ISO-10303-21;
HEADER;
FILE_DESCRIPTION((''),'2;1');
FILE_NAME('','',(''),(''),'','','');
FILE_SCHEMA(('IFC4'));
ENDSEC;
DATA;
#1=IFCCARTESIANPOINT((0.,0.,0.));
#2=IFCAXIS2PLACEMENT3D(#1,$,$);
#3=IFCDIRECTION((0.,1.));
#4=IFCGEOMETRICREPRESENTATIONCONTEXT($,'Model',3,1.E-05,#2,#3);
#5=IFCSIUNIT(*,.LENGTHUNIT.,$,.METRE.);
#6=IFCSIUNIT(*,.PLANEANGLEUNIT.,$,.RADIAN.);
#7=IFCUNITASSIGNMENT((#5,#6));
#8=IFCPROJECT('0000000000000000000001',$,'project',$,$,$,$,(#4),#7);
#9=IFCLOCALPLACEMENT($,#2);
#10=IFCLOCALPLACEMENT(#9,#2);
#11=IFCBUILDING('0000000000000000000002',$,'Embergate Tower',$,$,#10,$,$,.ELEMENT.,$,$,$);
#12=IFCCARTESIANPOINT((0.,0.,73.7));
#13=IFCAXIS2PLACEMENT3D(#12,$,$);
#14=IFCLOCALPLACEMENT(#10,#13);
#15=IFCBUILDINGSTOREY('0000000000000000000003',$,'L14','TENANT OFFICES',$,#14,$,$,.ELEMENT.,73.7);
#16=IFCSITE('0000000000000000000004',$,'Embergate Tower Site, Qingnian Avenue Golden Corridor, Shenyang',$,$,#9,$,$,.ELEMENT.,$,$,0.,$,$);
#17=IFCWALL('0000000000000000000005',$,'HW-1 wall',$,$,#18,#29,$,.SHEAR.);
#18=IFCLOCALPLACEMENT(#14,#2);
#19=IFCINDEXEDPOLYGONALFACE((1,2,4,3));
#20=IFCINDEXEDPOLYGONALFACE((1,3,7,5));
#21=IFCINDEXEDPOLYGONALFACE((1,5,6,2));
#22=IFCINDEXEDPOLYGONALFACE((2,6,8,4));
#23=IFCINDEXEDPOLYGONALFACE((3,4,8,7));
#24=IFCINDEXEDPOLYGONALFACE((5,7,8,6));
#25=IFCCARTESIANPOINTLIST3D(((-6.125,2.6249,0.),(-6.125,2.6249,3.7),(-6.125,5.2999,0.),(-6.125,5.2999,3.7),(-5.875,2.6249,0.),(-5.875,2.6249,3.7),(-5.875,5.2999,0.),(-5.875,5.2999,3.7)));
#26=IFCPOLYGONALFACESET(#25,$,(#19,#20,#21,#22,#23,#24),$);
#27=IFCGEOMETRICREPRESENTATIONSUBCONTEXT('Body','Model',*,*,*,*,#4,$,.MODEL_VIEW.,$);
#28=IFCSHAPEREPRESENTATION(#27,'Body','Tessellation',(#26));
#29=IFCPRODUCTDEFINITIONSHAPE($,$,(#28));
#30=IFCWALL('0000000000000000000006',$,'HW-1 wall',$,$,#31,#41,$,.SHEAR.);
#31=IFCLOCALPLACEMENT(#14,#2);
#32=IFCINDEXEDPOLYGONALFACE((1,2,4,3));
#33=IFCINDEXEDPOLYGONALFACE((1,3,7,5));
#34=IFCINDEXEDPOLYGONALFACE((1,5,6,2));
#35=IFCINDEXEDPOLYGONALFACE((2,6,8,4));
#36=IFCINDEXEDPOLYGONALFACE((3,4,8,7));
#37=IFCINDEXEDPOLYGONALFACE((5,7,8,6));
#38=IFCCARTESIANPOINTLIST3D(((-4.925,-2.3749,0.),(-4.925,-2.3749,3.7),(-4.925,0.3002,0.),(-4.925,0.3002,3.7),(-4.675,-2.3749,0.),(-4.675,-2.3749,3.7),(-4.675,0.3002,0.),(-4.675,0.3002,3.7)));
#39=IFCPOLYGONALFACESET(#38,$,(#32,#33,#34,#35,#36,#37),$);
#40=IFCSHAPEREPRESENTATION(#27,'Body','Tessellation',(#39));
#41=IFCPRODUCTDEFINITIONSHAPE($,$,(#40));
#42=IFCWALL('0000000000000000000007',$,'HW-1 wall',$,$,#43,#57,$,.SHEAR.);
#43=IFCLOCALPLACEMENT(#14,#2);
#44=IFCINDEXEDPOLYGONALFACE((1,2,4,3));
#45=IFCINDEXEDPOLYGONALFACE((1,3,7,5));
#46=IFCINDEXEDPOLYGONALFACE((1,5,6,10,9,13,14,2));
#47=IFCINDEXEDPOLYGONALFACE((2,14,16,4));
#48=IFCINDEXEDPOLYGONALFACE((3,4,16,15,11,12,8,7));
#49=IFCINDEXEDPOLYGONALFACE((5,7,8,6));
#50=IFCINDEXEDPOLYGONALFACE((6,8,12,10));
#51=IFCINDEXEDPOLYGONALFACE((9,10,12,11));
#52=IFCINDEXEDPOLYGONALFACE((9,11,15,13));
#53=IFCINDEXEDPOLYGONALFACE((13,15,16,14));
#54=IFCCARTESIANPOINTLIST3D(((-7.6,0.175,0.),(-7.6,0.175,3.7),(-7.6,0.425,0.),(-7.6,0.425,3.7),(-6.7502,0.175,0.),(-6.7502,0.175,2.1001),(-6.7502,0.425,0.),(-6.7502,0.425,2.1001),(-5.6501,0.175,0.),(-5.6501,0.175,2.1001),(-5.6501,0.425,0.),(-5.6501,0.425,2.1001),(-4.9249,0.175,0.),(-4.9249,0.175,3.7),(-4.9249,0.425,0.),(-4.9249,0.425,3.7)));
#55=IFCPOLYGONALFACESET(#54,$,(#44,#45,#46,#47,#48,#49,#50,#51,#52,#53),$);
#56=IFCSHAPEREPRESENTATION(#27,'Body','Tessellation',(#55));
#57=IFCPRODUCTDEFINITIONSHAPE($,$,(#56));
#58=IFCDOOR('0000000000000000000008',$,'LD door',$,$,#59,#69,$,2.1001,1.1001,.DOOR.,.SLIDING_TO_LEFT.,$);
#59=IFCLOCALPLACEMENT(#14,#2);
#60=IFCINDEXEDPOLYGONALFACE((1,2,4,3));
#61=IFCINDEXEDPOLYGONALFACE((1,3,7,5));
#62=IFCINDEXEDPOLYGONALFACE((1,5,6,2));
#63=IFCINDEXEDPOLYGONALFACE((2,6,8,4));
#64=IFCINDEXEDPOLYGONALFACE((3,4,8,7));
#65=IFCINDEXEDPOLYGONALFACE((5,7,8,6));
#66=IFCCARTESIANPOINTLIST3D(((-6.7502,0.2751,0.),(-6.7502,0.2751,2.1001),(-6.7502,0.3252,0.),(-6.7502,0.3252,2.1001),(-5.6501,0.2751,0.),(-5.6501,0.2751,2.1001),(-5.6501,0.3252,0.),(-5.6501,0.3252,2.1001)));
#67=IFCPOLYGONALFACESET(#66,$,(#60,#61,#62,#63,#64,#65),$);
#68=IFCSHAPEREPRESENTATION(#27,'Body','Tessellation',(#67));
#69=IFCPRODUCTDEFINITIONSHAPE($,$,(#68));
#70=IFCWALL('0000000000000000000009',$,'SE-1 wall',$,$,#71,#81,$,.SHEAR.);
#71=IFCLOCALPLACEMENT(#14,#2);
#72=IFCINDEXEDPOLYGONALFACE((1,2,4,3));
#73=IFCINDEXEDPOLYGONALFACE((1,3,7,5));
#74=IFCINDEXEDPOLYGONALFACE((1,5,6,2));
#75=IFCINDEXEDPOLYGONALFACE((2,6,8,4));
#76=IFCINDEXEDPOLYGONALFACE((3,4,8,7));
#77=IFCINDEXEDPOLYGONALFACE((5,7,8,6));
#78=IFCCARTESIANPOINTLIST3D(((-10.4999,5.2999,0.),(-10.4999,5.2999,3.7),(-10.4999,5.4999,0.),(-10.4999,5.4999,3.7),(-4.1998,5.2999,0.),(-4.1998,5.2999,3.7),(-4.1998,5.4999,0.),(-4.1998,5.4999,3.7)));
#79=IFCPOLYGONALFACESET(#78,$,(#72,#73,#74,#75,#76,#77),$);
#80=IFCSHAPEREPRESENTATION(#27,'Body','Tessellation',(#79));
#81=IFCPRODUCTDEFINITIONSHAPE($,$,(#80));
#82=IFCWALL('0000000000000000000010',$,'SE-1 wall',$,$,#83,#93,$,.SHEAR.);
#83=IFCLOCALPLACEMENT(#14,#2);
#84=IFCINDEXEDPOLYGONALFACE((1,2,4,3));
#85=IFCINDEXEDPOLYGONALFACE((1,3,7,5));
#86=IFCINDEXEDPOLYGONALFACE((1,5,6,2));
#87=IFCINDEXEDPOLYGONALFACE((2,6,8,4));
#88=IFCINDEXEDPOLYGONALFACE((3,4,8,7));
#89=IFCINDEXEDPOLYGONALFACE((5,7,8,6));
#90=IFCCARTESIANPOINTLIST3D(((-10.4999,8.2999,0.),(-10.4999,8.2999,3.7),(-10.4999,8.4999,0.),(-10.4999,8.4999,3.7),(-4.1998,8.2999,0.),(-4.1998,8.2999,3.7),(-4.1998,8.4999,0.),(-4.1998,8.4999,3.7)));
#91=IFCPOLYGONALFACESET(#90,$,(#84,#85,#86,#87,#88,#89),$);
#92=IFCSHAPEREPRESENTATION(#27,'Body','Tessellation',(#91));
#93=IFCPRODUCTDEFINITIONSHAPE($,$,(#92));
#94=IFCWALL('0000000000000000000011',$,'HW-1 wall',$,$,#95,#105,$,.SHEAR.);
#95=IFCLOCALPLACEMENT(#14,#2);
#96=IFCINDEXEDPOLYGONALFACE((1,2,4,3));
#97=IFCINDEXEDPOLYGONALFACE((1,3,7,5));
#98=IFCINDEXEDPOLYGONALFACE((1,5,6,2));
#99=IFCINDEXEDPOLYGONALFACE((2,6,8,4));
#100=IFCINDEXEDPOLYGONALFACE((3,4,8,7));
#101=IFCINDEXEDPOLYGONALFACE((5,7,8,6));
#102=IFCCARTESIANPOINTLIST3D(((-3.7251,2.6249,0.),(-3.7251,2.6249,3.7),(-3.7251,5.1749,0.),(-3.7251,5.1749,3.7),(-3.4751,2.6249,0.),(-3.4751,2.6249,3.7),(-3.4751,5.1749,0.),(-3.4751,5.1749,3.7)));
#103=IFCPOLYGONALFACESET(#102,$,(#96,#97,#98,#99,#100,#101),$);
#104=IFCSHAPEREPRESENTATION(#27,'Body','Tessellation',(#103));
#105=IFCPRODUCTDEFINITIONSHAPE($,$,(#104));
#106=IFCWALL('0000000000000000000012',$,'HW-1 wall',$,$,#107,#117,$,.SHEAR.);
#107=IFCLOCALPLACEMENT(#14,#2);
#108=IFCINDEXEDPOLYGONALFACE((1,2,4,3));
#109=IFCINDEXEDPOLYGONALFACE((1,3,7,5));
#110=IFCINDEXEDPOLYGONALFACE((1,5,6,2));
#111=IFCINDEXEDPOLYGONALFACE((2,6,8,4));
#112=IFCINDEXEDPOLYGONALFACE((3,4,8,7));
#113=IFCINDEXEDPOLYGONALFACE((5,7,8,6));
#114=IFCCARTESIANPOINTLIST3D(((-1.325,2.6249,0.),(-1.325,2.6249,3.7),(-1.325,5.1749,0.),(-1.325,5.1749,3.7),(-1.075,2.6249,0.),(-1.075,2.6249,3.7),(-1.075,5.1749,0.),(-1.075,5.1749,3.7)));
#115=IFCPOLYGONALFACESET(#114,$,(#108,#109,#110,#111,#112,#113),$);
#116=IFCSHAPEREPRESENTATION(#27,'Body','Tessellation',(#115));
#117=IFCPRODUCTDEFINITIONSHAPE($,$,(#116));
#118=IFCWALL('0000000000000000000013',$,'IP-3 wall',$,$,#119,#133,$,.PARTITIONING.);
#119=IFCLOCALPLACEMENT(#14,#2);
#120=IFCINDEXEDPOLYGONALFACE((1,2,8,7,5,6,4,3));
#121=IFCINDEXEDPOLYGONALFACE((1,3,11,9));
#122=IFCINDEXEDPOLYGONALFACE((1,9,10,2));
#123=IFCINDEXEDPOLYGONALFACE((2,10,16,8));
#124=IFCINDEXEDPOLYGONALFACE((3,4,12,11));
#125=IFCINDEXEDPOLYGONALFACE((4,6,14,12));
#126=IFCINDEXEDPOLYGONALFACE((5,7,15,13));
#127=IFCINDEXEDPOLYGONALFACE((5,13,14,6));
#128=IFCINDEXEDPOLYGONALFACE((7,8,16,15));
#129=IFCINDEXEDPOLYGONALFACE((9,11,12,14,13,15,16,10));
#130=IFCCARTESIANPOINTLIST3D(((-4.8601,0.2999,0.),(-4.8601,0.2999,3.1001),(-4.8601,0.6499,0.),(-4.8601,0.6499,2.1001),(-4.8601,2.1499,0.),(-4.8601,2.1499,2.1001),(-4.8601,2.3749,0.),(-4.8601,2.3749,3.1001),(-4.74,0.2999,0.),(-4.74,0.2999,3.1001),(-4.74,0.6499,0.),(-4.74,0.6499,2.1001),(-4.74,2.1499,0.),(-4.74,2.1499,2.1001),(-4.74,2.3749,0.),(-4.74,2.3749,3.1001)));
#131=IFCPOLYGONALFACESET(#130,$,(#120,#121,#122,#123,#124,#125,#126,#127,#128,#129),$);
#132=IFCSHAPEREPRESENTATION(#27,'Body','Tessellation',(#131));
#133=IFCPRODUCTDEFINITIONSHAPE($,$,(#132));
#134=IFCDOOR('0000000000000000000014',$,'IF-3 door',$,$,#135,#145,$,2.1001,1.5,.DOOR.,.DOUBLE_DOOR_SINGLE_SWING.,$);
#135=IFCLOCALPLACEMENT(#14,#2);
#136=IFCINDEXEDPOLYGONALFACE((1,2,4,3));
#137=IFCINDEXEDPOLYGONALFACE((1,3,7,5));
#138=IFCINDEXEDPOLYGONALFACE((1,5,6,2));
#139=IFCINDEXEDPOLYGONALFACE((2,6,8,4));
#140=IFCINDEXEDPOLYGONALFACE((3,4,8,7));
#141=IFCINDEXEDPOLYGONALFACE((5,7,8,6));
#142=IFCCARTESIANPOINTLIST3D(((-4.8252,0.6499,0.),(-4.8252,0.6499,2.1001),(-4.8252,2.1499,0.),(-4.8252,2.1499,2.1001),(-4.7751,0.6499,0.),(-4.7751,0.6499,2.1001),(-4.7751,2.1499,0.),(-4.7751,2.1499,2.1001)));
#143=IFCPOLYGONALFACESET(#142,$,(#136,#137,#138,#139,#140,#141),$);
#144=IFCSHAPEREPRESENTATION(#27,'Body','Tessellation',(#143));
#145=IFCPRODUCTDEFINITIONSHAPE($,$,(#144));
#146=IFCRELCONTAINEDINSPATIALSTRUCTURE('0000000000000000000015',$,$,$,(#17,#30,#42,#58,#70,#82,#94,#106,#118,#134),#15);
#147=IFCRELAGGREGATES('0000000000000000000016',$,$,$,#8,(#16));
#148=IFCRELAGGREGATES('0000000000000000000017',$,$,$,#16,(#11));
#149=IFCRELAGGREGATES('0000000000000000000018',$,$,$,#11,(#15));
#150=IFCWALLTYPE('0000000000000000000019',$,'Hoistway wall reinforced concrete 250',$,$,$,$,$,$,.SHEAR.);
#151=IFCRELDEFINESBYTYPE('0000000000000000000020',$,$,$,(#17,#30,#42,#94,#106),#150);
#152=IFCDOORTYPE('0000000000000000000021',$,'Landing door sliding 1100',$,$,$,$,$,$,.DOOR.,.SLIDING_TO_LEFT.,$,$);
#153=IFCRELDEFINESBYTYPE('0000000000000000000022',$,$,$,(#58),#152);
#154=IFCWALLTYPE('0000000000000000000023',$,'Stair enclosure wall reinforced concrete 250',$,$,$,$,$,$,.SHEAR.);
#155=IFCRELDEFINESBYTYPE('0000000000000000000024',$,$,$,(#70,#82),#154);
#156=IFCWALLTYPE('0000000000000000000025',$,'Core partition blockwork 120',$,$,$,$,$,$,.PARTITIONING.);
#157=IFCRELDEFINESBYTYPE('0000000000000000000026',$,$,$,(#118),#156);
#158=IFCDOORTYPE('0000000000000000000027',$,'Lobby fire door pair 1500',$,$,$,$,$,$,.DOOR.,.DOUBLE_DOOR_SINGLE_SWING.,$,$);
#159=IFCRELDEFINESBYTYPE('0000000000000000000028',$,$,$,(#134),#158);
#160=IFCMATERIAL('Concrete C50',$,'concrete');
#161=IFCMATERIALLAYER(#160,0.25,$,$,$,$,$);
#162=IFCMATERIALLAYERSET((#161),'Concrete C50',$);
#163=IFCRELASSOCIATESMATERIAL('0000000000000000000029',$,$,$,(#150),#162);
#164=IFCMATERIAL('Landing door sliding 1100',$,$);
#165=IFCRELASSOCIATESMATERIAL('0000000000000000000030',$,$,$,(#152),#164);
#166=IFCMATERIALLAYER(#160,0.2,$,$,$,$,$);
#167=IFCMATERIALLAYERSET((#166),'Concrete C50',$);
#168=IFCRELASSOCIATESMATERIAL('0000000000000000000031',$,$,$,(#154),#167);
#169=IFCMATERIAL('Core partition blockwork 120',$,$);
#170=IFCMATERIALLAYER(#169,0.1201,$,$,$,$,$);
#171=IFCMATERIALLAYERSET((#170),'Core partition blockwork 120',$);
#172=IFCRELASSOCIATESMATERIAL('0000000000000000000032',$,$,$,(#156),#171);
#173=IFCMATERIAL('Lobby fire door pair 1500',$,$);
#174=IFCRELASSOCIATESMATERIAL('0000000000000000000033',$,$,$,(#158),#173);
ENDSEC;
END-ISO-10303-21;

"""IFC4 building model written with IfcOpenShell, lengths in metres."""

from ifc_helpers import new_model, si_unit, direction, frame, frame_2d, origin, place, context, subcontext, project, spatial, rectangle, extrude, source, transform, mapped, material, layer, layer_set, type_object, element, fill, save


model = new_model("IFC4")

# Units and contexts
model_context = context("Model", 3, precision=1e-05, world=origin(), true_north=direction((0.0, 1.0)))
body_context = subcontext(model_context, "Body", "Model", "MODEL_VIEW")
ifc_project = project(units=[si_unit("LENGTHUNIT", "METRE"), si_unit("PLANEANGLEUNIT", "RADIAN")], contexts=[model_context])

# Site, building, storey
site_placement = place(None, origin())
site = spatial("IfcSite", under=ifc_project, at=site_placement, Name="Embergate Tower Site, Qingnian Avenue Golden Corridor, Shenyang", CompositionType="ELEMENT", RefElevation=0.0)
building_placement = place(site_placement, origin())
building = spatial("IfcBuilding", under=site, at=building_placement, Name="Embergate Tower", CompositionType="ELEMENT")
storey_placement = place(building_placement, frame((0.0, 0.0, 73.7)))
storey = spatial("IfcBuildingStorey", under=building, at=storey_placement, Name="L14", Description="TENANT OFFICES", CompositionType="ELEMENT", Elevation=73.7)

# Walls
ifc_material_1 = material(Name="Concrete C50", Category="concrete")
ifc_layer_1 = layer(ifc_material_1, 0.25)
ifc_layer_set_1 = layer_set([ifc_layer_1], Name="Concrete C50")
wall_type_1 = type_object("IfcWallType", Name="Hoistway wall reinforced concrete 250", PredefinedType="SHEAR", material=ifc_layer_set_1)
shared_shape_1 = source(origin(), body_context, "Body", "SweptSolid", [
    extrude(rectangle(XDim=2.675, YDim=0.25, at=frame_2d((1.3374, 0.0))), origin(), (0.0, 0.0, 1.0), 3.7),
])
for number, where, z_axis, x_axis, name in (
    (1, (-6.0, 2.625, 0.0), (0.0, 0.0, 1.0), (0.0, 1.0, 0.0), "HW-1 wall"),
    (2, (-4.8, 0.3, 0.0), (0.0, 0.0, 1.0), (0.0, -1.0, 0.0), "HW-1 wall"),
):
    element("IfcWall", number, at=place(storey_placement, frame(where, z_axis=z_axis, x_axis=x_axis)), inside=storey, type_object=wall_type_1, Name=name, PredefinedType="SHEAR", context=body_context, shape_type="MappedRepresentation", body=[
        mapped(shared_shape_1, transform((0.0, 0.0, 0.0))),
    ])

# Wall, opening, door
wall_1_placement = place(storey_placement, frame((-4.925, 0.3, 0.0), z_axis=(0.0, 0.0, 1.0), x_axis=(-1.0, 0.0, 0.0)))
wall_1 = element("IfcWall", 3, at=wall_1_placement, inside=storey, type_object=wall_type_1, Name="HW-1 wall", PredefinedType="SHEAR", context=body_context, shape_type="MappedRepresentation", body=[
    mapped(shared_shape_1, transform((0.0, 0.0, 0.0))),
])
shared_shape_2 = source(origin(), body_context, "Body", "SweptSolid", [
    extrude(rectangle(XDim=1.1001, YDim=2.1001, at=frame_2d((0.55, 1.05))), frame((0.0, 0.135, 0.0), z_axis=(0.0, -1.0, 0.0), x_axis=(1.0, 0.0, 0.0)), (0.0, 0.0, 1.0), 0.27),
])
opening_1_placement = place(wall_1_placement, frame((0.7251, 0.0, 0.0)))
opening_1 = element("IfcOpeningElement", 4, at=opening_1_placement, cuts=wall_1, PredefinedType="OPENING", context=body_context, shape_type="MappedRepresentation", body=[
    mapped(shared_shape_2, transform((0.0, 0.0, 0.0))),
])
ifc_material_2 = material(Name="Landing door sliding 1100")
door_type_1 = type_object("IfcDoorType", Name="Landing door sliding 1100", OperationType="SLIDING_TO_LEFT", PredefinedType="DOOR", material=ifc_material_2)
shared_shape_3 = source(origin(), body_context, "Body", "SweptSolid", [
    extrude(rectangle(XDim=1.1001, YDim=2.1001, at=frame_2d((0.55, 1.05))), frame((0.0, 0.0249, 0.0), z_axis=(0.0, -1.0, 0.0), x_axis=(1.0, 0.0, 0.0)), (0.0, 0.0, 1.0), 0.05),
])
door_1_placement = place(opening_1_placement, origin())
door_1 = element("IfcDoor", 5, at=door_1_placement, inside=storey, type_object=door_type_1, Name="LD door", OperationType="SLIDING_TO_LEFT", OverallHeight=2.1001, OverallWidth=1.1001, PredefinedType="DOOR", context=body_context, shape_type="MappedRepresentation", body=[
    mapped(shared_shape_3, transform((0.0, 0.0, 0.0))),
])
fill(opening_1, door_1)

# Walls
ifc_layer_2 = layer(ifc_material_1, 0.2)
ifc_layer_set_2 = layer_set([ifc_layer_2], Name="Concrete C50")
wall_type_2 = type_object("IfcWallType", Name="Stair enclosure wall reinforced concrete 250", PredefinedType="SHEAR", material=ifc_layer_set_2)
shared_shape_4 = source(origin(), body_context, "Body", "SweptSolid", [
    extrude(rectangle(XDim=6.3, YDim=0.2, at=frame_2d((3.1499, 0.0))), origin(), (0.0, 0.0, 1.0), 3.7),
])
for number, where, z_axis, x_axis, name in (
    (6, (-4.2, 5.3999, 0.0), (0.0, 0.0, 1.0), (-1.0, 0.0, 0.0), "SE-1 wall"),
    (7, (-4.2, 8.3999, 0.0), (0.0, 0.0, 1.0), (-1.0, 0.0, 0.0), "SE-1 wall"),
):
    element("IfcWall", number, at=place(storey_placement, frame(where, z_axis=z_axis, x_axis=x_axis)), inside=storey, type_object=wall_type_2, Name=name, PredefinedType="SHEAR", context=body_context, shape_type="MappedRepresentation", body=[
        mapped(shared_shape_4, transform((0.0, 0.0, 0.0))),
    ])
shared_shape_5 = source(origin(), body_context, "Body", "SweptSolid", [
    extrude(rectangle(XDim=2.55, YDim=0.25, at=frame_2d((1.2749, 0.0))), origin(), (0.0, 0.0, 1.0), 3.7),
])
for number, where, z_axis, x_axis, name in (
    (8, (-3.6001, 2.625, 0.0), (0.0, 0.0, 1.0), (0.0, 1.0, 0.0), "HW-1 wall"),
    (9, (-1.2, 2.625, 0.0), (0.0, 0.0, 1.0), (0.0, 1.0, 0.0), "HW-1 wall"),
):
    element("IfcWall", number, at=place(storey_placement, frame(where, z_axis=z_axis, x_axis=x_axis)), inside=storey, type_object=wall_type_1, Name=name, PredefinedType="SHEAR", context=body_context, shape_type="MappedRepresentation", body=[
        mapped(shared_shape_5, transform((0.0, 0.0, 0.0))),
    ])

# Wall, opening, door
ifc_material_3 = material(Name="Core partition blockwork 120")
ifc_layer_3 = layer(ifc_material_3, 0.1201)
ifc_layer_set_3 = layer_set([ifc_layer_3], Name="Core partition blockwork 120")
wall_type_3 = type_object("IfcWallType", Name="Core partition blockwork 120", PredefinedType="PARTITIONING", material=ifc_layer_set_3)
shared_shape_6 = source(origin(), body_context, "Body", "SweptSolid", [
    extrude(rectangle(XDim=2.075, YDim=0.1201, at=frame_2d((1.0376, 0.0))), origin(), (0.0, 0.0, 1.0), 3.1001),
])
wall_2_placement = place(storey_placement, frame((-4.8, 2.375, 0.0), z_axis=(0.0, 0.0, 1.0), x_axis=(0.0, -1.0, 0.0)))
wall_2 = element("IfcWall", 10, at=wall_2_placement, inside=storey, type_object=wall_type_3, Name="IP-3 wall", PredefinedType="PARTITIONING", context=body_context, shape_type="MappedRepresentation", body=[
    mapped(shared_shape_6, transform((0.0, 0.0, 0.0))),
])
shared_shape_7 = source(origin(), body_context, "Body", "SweptSolid", [
    extrude(rectangle(XDim=1.5, YDim=2.1001, at=frame_2d((0.75, 1.05))), frame((0.0, 0.0701, 0.0), z_axis=(0.0, -1.0, 0.0), x_axis=(1.0, 0.0, 0.0)), (0.0, 0.0, 1.0), 0.1401),
])
opening_2_placement = place(wall_2_placement, frame((0.2251, 0.0, 0.0)))
opening_2 = element("IfcOpeningElement", 11, at=opening_2_placement, cuts=wall_2, PredefinedType="OPENING", context=body_context, shape_type="MappedRepresentation", body=[
    mapped(shared_shape_7, transform((0.0, 0.0, 0.0))),
])
ifc_material_4 = material(Name="Lobby fire door pair 1500")
door_type_2 = type_object("IfcDoorType", Name="Lobby fire door pair 1500", OperationType="DOUBLE_DOOR_SINGLE_SWING", PredefinedType="DOOR", material=ifc_material_4)
shared_shape_8 = source(origin(), body_context, "Body", "SweptSolid", [
    extrude(rectangle(XDim=1.5, YDim=2.1001, at=frame_2d((0.75, 1.05))), frame((0.0, 0.0249, 0.0), z_axis=(0.0, -1.0, 0.0), x_axis=(1.0, 0.0, 0.0)), (0.0, 0.0, 1.0), 0.05),
])
door_2_placement = place(opening_2_placement, origin())
door_2 = element("IfcDoor", 12, at=door_2_placement, inside=storey, type_object=door_type_2, Name="IF-3 door", OperationType="DOUBLE_DOOR_SINGLE_SWING", OverallHeight=2.1001, OverallWidth=1.5, PredefinedType="DOOR", context=body_context, shape_type="MappedRepresentation", body=[
    mapped(shared_shape_8, transform((0.0, 0.0, 0.0))),
])
fill(opening_2, door_2)

save(model, "model.ifc")
